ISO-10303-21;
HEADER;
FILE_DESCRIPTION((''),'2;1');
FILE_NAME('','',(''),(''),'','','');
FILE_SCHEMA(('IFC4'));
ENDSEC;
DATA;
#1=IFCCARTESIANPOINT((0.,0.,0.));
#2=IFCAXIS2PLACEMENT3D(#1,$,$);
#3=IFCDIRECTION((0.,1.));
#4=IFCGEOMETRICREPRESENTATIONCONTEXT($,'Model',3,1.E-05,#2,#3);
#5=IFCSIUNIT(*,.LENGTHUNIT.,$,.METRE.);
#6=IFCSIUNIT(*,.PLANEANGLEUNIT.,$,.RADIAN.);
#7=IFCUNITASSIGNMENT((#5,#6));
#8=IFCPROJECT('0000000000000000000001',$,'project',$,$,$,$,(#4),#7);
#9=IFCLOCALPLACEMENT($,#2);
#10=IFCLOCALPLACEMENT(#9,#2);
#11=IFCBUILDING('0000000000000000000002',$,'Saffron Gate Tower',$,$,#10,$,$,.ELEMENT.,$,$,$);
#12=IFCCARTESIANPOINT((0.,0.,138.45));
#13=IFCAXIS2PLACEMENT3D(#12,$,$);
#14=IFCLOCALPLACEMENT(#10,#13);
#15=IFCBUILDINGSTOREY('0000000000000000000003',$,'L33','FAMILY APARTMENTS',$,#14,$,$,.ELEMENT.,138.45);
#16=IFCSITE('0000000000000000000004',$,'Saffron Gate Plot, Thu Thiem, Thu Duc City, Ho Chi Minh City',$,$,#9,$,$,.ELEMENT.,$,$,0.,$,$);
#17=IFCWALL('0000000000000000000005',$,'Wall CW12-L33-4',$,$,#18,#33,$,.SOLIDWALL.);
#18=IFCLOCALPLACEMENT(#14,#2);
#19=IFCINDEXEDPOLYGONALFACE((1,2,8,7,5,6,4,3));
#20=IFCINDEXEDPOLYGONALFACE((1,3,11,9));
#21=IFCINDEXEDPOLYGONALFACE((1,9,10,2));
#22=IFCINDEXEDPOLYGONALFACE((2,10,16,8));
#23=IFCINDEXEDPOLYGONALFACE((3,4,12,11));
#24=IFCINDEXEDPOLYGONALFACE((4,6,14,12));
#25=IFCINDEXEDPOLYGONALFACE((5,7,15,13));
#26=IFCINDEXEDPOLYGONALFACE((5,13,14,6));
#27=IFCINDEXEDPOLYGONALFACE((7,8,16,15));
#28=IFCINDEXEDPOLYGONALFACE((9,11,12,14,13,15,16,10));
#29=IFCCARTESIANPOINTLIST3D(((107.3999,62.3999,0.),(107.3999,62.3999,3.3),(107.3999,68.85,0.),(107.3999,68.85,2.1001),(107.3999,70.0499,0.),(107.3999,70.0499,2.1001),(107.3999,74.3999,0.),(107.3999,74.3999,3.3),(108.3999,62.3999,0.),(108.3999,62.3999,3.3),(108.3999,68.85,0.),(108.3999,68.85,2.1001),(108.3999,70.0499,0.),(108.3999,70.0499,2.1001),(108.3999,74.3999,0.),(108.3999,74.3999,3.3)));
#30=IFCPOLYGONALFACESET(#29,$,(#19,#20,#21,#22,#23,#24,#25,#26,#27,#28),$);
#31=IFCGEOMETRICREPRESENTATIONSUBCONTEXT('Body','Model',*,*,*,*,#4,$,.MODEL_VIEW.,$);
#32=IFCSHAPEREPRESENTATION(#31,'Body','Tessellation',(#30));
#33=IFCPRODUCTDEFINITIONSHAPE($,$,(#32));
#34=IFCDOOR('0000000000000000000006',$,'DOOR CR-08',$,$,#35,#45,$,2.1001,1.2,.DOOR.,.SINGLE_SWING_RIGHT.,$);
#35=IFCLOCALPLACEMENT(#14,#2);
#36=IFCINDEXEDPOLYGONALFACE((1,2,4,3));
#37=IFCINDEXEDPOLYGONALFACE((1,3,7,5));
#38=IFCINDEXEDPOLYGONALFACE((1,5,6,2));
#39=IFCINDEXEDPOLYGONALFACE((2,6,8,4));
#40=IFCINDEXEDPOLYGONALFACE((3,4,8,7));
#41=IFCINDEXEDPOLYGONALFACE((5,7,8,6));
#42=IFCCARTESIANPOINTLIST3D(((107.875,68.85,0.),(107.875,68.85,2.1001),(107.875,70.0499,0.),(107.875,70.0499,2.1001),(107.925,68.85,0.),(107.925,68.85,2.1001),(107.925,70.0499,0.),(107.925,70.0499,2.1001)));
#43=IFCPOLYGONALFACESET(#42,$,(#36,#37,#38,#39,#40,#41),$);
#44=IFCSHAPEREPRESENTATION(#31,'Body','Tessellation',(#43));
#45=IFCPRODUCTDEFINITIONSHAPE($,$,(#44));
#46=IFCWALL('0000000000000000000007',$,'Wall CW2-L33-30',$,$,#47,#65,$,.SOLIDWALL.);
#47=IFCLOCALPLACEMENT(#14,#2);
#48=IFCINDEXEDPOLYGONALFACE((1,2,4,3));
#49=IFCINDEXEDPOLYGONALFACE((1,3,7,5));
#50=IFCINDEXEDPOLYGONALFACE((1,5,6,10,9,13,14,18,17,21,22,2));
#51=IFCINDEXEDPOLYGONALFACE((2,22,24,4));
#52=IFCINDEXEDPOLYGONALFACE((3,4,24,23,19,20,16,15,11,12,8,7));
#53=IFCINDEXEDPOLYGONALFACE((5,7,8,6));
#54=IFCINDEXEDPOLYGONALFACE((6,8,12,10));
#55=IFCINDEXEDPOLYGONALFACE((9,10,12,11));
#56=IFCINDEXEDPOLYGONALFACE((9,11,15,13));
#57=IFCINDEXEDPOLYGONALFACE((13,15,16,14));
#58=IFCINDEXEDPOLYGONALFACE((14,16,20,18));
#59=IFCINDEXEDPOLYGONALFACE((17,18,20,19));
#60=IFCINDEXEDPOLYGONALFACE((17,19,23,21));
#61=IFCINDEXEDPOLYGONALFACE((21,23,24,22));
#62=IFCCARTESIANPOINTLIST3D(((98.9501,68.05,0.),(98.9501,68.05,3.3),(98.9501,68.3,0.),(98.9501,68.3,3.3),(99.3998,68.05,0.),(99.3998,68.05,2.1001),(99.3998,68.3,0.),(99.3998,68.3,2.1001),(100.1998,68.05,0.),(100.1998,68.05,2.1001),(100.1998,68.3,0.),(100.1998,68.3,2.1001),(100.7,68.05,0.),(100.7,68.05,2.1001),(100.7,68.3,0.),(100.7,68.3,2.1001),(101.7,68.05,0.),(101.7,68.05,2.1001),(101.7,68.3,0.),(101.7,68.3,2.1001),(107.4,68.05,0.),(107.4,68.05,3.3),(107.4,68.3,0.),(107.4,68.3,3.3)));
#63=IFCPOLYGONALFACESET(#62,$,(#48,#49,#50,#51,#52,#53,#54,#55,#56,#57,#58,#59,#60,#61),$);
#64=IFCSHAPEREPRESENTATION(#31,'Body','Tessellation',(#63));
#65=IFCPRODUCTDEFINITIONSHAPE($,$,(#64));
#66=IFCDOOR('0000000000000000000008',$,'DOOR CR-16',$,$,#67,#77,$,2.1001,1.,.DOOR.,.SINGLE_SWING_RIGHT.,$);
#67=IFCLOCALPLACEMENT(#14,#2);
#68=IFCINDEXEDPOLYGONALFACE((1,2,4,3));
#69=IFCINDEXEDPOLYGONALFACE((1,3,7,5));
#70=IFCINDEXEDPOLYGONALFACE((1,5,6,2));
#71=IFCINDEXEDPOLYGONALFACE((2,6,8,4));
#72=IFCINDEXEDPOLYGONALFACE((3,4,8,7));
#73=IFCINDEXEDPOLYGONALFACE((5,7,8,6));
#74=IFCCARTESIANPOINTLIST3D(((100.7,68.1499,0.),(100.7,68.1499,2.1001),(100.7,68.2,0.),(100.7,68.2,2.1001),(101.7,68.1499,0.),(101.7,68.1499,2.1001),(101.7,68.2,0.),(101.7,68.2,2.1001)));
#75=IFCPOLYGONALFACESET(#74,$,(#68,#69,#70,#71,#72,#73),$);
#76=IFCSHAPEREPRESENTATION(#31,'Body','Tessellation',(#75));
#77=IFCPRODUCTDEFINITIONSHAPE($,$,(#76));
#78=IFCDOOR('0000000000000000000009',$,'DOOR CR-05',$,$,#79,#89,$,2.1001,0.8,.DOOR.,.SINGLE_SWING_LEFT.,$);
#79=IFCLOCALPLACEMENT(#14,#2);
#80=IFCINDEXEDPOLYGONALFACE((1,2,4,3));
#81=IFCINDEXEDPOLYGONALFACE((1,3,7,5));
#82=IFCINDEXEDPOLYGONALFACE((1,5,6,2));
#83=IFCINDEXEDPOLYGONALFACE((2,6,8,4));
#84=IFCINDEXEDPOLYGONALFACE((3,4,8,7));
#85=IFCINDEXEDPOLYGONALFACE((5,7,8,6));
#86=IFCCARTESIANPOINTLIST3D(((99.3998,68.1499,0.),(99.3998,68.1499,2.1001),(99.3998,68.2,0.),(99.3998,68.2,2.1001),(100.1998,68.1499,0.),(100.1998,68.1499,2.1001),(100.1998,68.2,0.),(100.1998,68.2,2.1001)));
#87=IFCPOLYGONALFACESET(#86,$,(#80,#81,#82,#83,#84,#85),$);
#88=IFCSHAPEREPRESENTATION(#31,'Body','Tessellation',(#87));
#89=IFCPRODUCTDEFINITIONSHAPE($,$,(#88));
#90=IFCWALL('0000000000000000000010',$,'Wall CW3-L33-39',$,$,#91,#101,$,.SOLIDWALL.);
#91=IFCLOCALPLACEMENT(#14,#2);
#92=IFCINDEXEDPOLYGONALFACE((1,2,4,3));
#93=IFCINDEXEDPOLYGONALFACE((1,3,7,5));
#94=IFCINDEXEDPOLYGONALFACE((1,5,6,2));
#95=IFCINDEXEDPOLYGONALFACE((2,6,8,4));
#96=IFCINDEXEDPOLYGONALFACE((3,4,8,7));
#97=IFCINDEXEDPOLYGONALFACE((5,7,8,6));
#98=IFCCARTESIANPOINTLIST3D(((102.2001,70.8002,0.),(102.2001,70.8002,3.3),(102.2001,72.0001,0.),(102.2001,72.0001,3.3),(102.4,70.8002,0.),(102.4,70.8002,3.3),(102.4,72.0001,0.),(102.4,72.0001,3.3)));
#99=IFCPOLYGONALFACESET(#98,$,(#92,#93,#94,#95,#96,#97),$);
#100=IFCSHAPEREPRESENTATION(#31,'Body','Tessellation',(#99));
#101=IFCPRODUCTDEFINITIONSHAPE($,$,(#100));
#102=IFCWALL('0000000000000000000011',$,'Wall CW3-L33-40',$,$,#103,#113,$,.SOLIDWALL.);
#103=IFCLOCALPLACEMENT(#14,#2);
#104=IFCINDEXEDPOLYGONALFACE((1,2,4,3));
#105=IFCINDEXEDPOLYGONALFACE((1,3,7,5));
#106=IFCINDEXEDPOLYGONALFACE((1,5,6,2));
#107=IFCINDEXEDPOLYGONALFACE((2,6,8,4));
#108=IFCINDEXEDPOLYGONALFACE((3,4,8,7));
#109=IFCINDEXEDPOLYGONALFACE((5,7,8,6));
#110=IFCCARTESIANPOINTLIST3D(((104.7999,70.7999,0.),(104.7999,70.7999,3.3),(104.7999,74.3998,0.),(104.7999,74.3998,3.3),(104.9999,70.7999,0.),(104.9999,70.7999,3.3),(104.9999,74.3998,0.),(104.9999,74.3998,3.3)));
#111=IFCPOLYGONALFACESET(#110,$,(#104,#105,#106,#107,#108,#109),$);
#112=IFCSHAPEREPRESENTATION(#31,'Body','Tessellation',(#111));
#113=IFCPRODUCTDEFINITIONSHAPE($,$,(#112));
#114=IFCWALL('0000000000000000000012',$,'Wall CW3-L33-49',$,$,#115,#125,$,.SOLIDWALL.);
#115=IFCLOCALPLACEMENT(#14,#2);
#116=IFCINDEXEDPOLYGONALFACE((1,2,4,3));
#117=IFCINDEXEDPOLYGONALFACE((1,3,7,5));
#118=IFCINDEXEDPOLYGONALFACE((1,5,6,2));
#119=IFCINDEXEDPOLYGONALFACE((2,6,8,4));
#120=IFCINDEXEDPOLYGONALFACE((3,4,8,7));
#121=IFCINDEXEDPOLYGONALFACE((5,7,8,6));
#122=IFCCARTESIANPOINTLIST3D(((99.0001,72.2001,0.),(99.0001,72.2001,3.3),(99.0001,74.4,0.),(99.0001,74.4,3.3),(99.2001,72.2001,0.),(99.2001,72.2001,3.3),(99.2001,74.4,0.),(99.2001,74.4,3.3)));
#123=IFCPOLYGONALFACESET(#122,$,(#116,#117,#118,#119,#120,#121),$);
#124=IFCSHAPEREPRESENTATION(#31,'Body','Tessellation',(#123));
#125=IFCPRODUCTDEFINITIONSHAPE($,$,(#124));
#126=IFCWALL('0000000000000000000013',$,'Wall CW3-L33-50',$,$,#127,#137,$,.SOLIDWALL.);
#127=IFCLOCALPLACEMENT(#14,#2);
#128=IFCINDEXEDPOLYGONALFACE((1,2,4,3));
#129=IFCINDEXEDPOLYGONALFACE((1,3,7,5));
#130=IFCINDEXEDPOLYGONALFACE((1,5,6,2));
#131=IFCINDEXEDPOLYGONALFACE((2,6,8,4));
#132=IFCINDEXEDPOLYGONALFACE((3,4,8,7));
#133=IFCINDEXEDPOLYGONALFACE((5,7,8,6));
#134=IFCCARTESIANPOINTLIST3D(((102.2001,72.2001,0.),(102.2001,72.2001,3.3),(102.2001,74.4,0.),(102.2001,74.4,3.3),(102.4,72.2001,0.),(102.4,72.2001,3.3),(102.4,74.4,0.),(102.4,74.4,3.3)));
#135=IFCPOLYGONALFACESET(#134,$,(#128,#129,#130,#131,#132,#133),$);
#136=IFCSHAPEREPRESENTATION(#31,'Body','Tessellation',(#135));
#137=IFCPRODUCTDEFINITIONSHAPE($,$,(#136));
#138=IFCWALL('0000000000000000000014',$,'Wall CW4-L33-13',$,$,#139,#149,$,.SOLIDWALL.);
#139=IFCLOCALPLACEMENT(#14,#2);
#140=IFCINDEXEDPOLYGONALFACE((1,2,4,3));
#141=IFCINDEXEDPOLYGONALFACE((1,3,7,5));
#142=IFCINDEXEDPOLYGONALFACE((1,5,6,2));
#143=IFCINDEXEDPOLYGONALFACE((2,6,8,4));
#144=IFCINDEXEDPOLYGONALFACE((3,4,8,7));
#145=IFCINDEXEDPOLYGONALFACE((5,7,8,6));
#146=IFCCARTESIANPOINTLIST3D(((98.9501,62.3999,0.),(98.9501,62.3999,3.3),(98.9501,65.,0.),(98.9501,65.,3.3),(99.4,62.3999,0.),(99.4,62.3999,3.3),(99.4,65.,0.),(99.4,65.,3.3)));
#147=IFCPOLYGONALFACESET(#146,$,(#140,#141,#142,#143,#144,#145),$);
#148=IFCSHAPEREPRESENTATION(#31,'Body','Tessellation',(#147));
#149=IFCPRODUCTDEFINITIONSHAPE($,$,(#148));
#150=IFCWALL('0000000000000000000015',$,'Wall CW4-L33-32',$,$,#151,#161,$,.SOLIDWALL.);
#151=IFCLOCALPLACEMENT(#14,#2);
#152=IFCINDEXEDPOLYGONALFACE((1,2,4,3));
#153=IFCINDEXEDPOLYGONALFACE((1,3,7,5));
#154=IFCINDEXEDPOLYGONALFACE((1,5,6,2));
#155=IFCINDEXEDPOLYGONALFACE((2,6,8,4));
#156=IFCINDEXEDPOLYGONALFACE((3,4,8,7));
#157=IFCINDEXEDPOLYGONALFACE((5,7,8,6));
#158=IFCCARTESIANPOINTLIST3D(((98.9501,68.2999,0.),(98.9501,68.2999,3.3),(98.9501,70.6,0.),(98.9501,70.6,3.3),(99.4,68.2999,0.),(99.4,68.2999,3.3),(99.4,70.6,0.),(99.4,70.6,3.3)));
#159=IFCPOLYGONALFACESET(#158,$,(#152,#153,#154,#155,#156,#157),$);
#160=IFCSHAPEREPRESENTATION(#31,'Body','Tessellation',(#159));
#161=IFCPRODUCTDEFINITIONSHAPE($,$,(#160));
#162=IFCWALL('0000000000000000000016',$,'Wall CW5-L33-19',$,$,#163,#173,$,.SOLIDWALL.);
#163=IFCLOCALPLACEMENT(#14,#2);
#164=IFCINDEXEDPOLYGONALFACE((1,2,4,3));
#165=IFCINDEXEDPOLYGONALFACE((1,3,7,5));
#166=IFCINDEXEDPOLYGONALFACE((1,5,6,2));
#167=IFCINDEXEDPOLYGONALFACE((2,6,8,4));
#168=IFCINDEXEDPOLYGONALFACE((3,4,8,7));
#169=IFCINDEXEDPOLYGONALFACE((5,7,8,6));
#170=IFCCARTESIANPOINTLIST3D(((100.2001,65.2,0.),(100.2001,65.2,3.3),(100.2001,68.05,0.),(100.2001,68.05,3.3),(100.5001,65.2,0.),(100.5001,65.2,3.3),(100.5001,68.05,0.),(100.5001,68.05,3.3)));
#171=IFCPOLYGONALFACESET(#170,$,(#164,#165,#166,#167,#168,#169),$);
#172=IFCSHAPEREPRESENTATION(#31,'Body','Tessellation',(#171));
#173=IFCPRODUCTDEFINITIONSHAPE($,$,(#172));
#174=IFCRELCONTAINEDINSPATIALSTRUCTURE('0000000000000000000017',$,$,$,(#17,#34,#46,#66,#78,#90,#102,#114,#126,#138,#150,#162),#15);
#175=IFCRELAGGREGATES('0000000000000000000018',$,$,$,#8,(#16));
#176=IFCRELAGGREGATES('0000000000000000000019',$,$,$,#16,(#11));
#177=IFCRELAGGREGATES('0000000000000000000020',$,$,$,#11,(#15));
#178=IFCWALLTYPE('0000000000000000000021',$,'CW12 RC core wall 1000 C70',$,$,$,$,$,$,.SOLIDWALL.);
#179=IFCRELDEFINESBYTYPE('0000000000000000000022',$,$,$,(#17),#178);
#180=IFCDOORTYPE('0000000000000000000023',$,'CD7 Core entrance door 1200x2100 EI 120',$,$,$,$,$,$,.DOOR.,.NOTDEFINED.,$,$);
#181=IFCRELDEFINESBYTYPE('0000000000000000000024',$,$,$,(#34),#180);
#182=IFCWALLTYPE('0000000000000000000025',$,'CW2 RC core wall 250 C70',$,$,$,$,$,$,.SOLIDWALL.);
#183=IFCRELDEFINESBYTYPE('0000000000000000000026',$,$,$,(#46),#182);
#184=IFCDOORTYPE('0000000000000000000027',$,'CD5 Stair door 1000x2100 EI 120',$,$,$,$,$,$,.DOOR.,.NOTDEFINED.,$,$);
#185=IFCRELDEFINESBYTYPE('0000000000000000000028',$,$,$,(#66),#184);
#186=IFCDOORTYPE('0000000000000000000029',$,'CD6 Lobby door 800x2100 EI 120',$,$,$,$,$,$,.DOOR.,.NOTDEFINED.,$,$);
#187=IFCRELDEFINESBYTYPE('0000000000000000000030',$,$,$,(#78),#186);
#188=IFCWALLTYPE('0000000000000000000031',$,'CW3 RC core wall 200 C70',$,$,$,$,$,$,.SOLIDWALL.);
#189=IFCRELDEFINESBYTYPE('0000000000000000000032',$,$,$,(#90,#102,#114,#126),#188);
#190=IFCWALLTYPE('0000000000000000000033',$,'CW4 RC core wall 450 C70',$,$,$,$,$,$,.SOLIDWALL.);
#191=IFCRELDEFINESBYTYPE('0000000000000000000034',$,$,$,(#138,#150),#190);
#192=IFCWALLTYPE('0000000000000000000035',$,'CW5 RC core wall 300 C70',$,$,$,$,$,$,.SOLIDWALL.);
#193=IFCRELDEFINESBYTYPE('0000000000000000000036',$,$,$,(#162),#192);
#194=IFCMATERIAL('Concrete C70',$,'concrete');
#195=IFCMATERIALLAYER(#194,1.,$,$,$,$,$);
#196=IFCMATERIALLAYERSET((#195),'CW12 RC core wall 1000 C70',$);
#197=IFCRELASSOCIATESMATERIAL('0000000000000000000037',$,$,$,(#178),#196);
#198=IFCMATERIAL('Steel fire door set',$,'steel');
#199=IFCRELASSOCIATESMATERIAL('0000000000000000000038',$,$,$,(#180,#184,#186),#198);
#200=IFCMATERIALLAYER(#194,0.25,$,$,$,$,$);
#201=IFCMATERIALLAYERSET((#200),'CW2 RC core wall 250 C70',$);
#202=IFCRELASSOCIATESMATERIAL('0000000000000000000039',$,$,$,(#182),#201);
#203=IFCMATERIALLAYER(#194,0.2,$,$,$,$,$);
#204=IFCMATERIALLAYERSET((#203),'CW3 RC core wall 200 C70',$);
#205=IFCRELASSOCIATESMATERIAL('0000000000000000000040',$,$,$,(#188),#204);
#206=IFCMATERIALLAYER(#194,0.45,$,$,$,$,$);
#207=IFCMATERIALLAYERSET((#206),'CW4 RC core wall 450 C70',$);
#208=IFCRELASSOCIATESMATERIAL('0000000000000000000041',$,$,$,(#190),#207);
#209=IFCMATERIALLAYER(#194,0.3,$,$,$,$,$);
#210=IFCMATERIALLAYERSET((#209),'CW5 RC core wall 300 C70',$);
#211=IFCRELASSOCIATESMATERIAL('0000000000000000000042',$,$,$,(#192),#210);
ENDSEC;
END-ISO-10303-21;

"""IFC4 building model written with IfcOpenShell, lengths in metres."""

from ifc_helpers import new_model, si_unit, direction, frame, frame_2d, origin, place, context, subcontext, project, spatial, rectangle, extrude, material, layer, layer_set, type_object, element, fill, save


model = new_model("IFC4")

# Units and contexts
model_context = context("Model", 3, precision=1e-05, world=origin(), true_north=direction((0.0, 1.0)))
body_context = subcontext(model_context, "Body", "Model", "MODEL_VIEW")
ifc_project = project(units=[si_unit("LENGTHUNIT", "METRE"), si_unit("PLANEANGLEUNIT", "RADIAN")], contexts=[model_context])

# Site, building, storey
site_placement = place(None, origin())
site = spatial("IfcSite", under=ifc_project, at=site_placement, Name="Saffron Gate Plot, Thu Thiem, Thu Duc City, Ho Chi Minh City", CompositionType="ELEMENT", RefElevation=0.0)
building_placement = place(site_placement, origin())
building = spatial("IfcBuilding", under=site, at=building_placement, Name="Saffron Gate Tower", CompositionType="ELEMENT")
storey_placement = place(building_placement, frame((0.0, 0.0, 138.45)))
storey = spatial("IfcBuildingStorey", under=building, at=storey_placement, Name="L33", Description="FAMILY APARTMENTS", CompositionType="ELEMENT", Elevation=138.45)

# Wall, opening, door
ifc_material_1 = material(Name="Concrete C70", Category="concrete")
ifc_layer_1 = layer(ifc_material_1, 1.0)
ifc_layer_set_1 = layer_set([ifc_layer_1], Name="CW12 RC core wall 1000 C70")
wall_type_1 = type_object("IfcWallType", Name="CW12 RC core wall 1000 C70", PredefinedType="SOLIDWALL", material=ifc_layer_set_1)
wall_1_placement = place(storey_placement, frame((107.8999, 62.3999, 0.0), z_axis=(0.0, 0.0, 1.0), x_axis=(0.0, 1.0, 0.0)))
wall_1 = element("IfcWall", 1, at=wall_1_placement, inside=storey, type_object=wall_type_1, Name="Wall CW12-L33-4", PredefinedType="SOLIDWALL", context=body_context, shape_type="SweptSolid", body=[
    extrude(rectangle(XDim=12.0, YDim=1.0, at=frame_2d((6.0, 0.0))), origin(), (0.0, 0.0, 1.0), 3.3),
])
opening_1_placement = place(wall_1_placement, frame((6.45, 0.0, 0.0)))
opening_1 = element("IfcOpeningElement", 2, at=opening_1_placement, cuts=wall_1, PredefinedType="OPENING", context=body_context, shape_type="SweptSolid", body=[
    extrude(rectangle(XDim=1.2, YDim=2.1001, at=frame_2d((0.6001, 1.05))), frame((0.0, 0.51, 0.0), z_axis=(0.0, -1.0, 0.0), x_axis=(1.0, 0.0, 0.0)), (0.0, 0.0, 1.0), 1.02),
])
ifc_material_2 = material(Name="Steel fire door set", Category="steel")
door_type_1 = type_object("IfcDoorType", Name="CD7 Core entrance door 1200x2100 EI 120", OperationType="NOTDEFINED", PredefinedType="DOOR", material=ifc_material_2)
door_1_placement = place(opening_1_placement, origin())
door_1 = element("IfcDoor", 3, at=door_1_placement, inside=storey, type_object=door_type_1, Name="DOOR CR-08", OperationType="SINGLE_SWING_RIGHT", OverallHeight=2.1001, OverallWidth=1.2, PredefinedType="DOOR", context=body_context, shape_type="SweptSolid", body=[
    extrude(rectangle(XDim=1.2, YDim=2.1001, at=frame_2d((0.6001, 1.05))), frame((0.0, 0.0249, 0.0), z_axis=(0.0, -1.0, 0.0), x_axis=(1.0, 0.0, 0.0)), (0.0, 0.0, 1.0), 0.05),
])
fill(opening_1, door_1)

# Wall, openings, doors
ifc_layer_2 = layer(ifc_material_1, 0.25)
ifc_layer_set_2 = layer_set([ifc_layer_2], Name="CW2 RC core wall 250 C70")
wall_type_2 = type_object("IfcWallType", Name="CW2 RC core wall 250 C70", PredefinedType="SOLIDWALL", material=ifc_layer_set_2)
wall_2_placement = place(storey_placement, frame((98.95, 68.175, 0.0), z_axis=(0.0, 0.0, 1.0), x_axis=(1.0, 0.0, 0.0)))
wall_2 = element("IfcWall", 4, at=wall_2_placement, inside=storey, type_object=wall_type_2, Name="Wall CW2-L33-30", PredefinedType="SOLIDWALL", context=body_context, shape_type="SweptSolid", body=[
    extrude(rectangle(XDim=8.45, YDim=0.25, at=frame_2d((4.2251, 0.0))), origin(), (0.0, 0.0, 1.0), 3.3),
])
opening_2_placement = place(wall_2_placement, frame((0.45, 0.0, 0.0)))
opening_2 = element("IfcOpeningElement", 5, at=opening_2_placement, cuts=wall_2, PredefinedType="OPENING", context=body_context, shape_type="SweptSolid", body=[
    extrude(rectangle(XDim=0.8, YDim=2.1001, at=frame_2d((0.3999, 1.05))), frame((0.0, 0.135, 0.0), z_axis=(0.0, -1.0, 0.0), x_axis=(1.0, 0.0, 0.0)), (0.0, 0.0, 1.0), 0.27),
])
opening_3_placement = place(wall_2_placement, frame((1.75, 0.0, 0.0)))
opening_3 = element("IfcOpeningElement", 6, at=opening_3_placement, cuts=wall_2, PredefinedType="OPENING", context=body_context, shape_type="SweptSolid", body=[
    extrude(rectangle(XDim=1.0, YDim=2.1001, at=frame_2d((0.5, 1.05))), frame((0.0, 0.135, 0.0), z_axis=(0.0, -1.0, 0.0), x_axis=(1.0, 0.0, 0.0)), (0.0, 0.0, 1.0), 0.27),
])
door_type_2 = type_object("IfcDoorType", Name="CD5 Stair door 1000x2100 EI 120", OperationType="NOTDEFINED", PredefinedType="DOOR", material=ifc_material_2)
door_2_placement = place(opening_3_placement, origin())
door_2 = element("IfcDoor", 7, at=door_2_placement, inside=storey, type_object=door_type_2, Name="DOOR CR-16", OperationType="SINGLE_SWING_RIGHT", OverallHeight=2.1001, OverallWidth=1.0, PredefinedType="DOOR", context=body_context, shape_type="SweptSolid", body=[
    extrude(rectangle(XDim=1.0, YDim=2.1001, at=frame_2d((0.5, 1.05))), frame((0.0, 0.0249, 0.0), z_axis=(0.0, -1.0, 0.0), x_axis=(1.0, 0.0, 0.0)), (0.0, 0.0, 1.0), 0.05),
])
fill(opening_3, door_2)
door_type_3 = type_object("IfcDoorType", Name="CD6 Lobby door 800x2100 EI 120", OperationType="NOTDEFINED", PredefinedType="DOOR", material=ifc_material_2)
door_3_placement = place(opening_2_placement, origin())
door_3 = element("IfcDoor", 8, at=door_3_placement, inside=storey, type_object=door_type_3, Name="DOOR CR-05", OperationType="SINGLE_SWING_LEFT", OverallHeight=2.1001, OverallWidth=0.8, PredefinedType="DOOR", context=body_context, shape_type="SweptSolid", body=[
    extrude(rectangle(XDim=0.8, YDim=2.1001, at=frame_2d((0.3999, 1.05))), frame((0.0, 0.0249, 0.0), z_axis=(0.0, -1.0, 0.0), x_axis=(1.0, 0.0, 0.0)), (0.0, 0.0, 1.0), 0.05),
])
fill(opening_2, door_3)

# Walls
ifc_layer_3 = layer(ifc_material_1, 0.2)
ifc_layer_set_3 = layer_set([ifc_layer_3], Name="CW3 RC core wall 200 C70")
wall_type_3 = type_object("IfcWallType", Name="CW3 RC core wall 200 C70", PredefinedType="SOLIDWALL", material=ifc_layer_set_3)
wall_3_placement = place(storey_placement, frame((102.3, 70.8, 0.0), z_axis=(0.0, 0.0, 1.0), x_axis=(0.0, 1.0, 0.0)))
element("IfcWall", 9, at=wall_3_placement, inside=storey, type_object=wall_type_3, Name="Wall CW3-L33-39", PredefinedType="SOLIDWALL", context=body_context, shape_type="SweptSolid", body=[
    extrude(rectangle(XDim=1.2, YDim=0.2, at=frame_2d((0.6001, 0.0))), origin(), (0.0, 0.0, 1.0), 3.3),
])
wall_4_placement = place(storey_placement, frame((104.8999, 70.8, 0.0), z_axis=(0.0, 0.0, 1.0), x_axis=(0.0, 1.0, 0.0)))
element("IfcWall", 10, at=wall_4_placement, inside=storey, type_object=wall_type_3, Name="Wall CW3-L33-40", PredefinedType="SOLIDWALL", context=body_context, shape_type="SweptSolid", body=[
    extrude(rectangle(XDim=3.5999, YDim=0.2, at=frame_2d((1.7998, 0.0))), origin(), (0.0, 0.0, 1.0), 3.3),
])
for number, where, z_axis, x_axis, name in (
    (11, (99.1001, 72.2, 0.0), (0.0, 0.0, 1.0), (0.0, 1.0, 0.0), "Wall CW3-L33-49"),
    (12, (102.3, 72.2, 0.0), (0.0, 0.0, 1.0), (0.0, 1.0, 0.0), "Wall CW3-L33-50"),
):
    element("IfcWall", number, at=place(storey_placement, frame(where, z_axis=z_axis, x_axis=x_axis)), inside=storey, type_object=wall_type_3, Name=name, PredefinedType="SOLIDWALL", context=body_context, shape_type="SweptSolid", body=[
        extrude(rectangle(XDim=2.2, YDim=0.2, at=frame_2d((1.1001, 0.0))), origin(), (0.0, 0.0, 1.0), 3.3),
    ])
ifc_layer_4 = layer(ifc_material_1, 0.45)
ifc_layer_set_4 = layer_set([ifc_layer_4], Name="CW4 RC core wall 450 C70")
wall_type_4 = type_object("IfcWallType", Name="CW4 RC core wall 450 C70", PredefinedType="SOLIDWALL", material=ifc_layer_set_4)
wall_5_placement = place(storey_placement, frame((99.175, 62.3999, 0.0), z_axis=(0.0, 0.0, 1.0), x_axis=(0.0, 1.0, 0.0)))
element("IfcWall", 13, at=wall_5_placement, inside=storey, type_object=wall_type_4, Name="Wall CW4-L33-13", PredefinedType="SOLIDWALL", context=body_context, shape_type="SweptSolid", body=[
    extrude(rectangle(XDim=2.6001, YDim=0.45, at=frame_2d((1.3, 0.0))), origin(), (0.0, 0.0, 1.0), 3.3),
])
wall_6_placement = place(storey_placement, frame((99.175, 68.3, 0.0), z_axis=(0.0, 0.0, 1.0), x_axis=(0.0, 1.0, 0.0)))
element("IfcWall", 14, at=wall_6_placement, inside=storey, type_object=wall_type_4, Name="Wall CW4-L33-32", PredefinedType="SOLIDWALL", context=body_context, shape_type="SweptSolid", body=[
    extrude(rectangle(XDim=2.3, YDim=0.45, at=frame_2d((1.1499, 0.0))), origin(), (0.0, 0.0, 1.0), 3.3),
])
ifc_layer_5 = layer(ifc_material_1, 0.3)
ifc_layer_set_5 = layer_set([ifc_layer_5], Name="CW5 RC core wall 300 C70")
wall_type_5 = type_object("IfcWallType", Name="CW5 RC core wall 300 C70", PredefinedType="SOLIDWALL", material=ifc_layer_set_5)
wall_7_placement = place(storey_placement, frame((100.3501, 65.2, 0.0), z_axis=(0.0, 0.0, 1.0), x_axis=(0.0, 1.0, 0.0)))
element("IfcWall", 15, at=wall_7_placement, inside=storey, type_object=wall_type_5, Name="Wall CW5-L33-19", PredefinedType="SOLIDWALL", context=body_context, shape_type="SweptSolid", body=[
    extrude(rectangle(XDim=2.8501, YDim=0.3, at=frame_2d((1.425, 0.0))), origin(), (0.0, 0.0, 1.0), 3.3),
])

save(model, "model.ifc")
